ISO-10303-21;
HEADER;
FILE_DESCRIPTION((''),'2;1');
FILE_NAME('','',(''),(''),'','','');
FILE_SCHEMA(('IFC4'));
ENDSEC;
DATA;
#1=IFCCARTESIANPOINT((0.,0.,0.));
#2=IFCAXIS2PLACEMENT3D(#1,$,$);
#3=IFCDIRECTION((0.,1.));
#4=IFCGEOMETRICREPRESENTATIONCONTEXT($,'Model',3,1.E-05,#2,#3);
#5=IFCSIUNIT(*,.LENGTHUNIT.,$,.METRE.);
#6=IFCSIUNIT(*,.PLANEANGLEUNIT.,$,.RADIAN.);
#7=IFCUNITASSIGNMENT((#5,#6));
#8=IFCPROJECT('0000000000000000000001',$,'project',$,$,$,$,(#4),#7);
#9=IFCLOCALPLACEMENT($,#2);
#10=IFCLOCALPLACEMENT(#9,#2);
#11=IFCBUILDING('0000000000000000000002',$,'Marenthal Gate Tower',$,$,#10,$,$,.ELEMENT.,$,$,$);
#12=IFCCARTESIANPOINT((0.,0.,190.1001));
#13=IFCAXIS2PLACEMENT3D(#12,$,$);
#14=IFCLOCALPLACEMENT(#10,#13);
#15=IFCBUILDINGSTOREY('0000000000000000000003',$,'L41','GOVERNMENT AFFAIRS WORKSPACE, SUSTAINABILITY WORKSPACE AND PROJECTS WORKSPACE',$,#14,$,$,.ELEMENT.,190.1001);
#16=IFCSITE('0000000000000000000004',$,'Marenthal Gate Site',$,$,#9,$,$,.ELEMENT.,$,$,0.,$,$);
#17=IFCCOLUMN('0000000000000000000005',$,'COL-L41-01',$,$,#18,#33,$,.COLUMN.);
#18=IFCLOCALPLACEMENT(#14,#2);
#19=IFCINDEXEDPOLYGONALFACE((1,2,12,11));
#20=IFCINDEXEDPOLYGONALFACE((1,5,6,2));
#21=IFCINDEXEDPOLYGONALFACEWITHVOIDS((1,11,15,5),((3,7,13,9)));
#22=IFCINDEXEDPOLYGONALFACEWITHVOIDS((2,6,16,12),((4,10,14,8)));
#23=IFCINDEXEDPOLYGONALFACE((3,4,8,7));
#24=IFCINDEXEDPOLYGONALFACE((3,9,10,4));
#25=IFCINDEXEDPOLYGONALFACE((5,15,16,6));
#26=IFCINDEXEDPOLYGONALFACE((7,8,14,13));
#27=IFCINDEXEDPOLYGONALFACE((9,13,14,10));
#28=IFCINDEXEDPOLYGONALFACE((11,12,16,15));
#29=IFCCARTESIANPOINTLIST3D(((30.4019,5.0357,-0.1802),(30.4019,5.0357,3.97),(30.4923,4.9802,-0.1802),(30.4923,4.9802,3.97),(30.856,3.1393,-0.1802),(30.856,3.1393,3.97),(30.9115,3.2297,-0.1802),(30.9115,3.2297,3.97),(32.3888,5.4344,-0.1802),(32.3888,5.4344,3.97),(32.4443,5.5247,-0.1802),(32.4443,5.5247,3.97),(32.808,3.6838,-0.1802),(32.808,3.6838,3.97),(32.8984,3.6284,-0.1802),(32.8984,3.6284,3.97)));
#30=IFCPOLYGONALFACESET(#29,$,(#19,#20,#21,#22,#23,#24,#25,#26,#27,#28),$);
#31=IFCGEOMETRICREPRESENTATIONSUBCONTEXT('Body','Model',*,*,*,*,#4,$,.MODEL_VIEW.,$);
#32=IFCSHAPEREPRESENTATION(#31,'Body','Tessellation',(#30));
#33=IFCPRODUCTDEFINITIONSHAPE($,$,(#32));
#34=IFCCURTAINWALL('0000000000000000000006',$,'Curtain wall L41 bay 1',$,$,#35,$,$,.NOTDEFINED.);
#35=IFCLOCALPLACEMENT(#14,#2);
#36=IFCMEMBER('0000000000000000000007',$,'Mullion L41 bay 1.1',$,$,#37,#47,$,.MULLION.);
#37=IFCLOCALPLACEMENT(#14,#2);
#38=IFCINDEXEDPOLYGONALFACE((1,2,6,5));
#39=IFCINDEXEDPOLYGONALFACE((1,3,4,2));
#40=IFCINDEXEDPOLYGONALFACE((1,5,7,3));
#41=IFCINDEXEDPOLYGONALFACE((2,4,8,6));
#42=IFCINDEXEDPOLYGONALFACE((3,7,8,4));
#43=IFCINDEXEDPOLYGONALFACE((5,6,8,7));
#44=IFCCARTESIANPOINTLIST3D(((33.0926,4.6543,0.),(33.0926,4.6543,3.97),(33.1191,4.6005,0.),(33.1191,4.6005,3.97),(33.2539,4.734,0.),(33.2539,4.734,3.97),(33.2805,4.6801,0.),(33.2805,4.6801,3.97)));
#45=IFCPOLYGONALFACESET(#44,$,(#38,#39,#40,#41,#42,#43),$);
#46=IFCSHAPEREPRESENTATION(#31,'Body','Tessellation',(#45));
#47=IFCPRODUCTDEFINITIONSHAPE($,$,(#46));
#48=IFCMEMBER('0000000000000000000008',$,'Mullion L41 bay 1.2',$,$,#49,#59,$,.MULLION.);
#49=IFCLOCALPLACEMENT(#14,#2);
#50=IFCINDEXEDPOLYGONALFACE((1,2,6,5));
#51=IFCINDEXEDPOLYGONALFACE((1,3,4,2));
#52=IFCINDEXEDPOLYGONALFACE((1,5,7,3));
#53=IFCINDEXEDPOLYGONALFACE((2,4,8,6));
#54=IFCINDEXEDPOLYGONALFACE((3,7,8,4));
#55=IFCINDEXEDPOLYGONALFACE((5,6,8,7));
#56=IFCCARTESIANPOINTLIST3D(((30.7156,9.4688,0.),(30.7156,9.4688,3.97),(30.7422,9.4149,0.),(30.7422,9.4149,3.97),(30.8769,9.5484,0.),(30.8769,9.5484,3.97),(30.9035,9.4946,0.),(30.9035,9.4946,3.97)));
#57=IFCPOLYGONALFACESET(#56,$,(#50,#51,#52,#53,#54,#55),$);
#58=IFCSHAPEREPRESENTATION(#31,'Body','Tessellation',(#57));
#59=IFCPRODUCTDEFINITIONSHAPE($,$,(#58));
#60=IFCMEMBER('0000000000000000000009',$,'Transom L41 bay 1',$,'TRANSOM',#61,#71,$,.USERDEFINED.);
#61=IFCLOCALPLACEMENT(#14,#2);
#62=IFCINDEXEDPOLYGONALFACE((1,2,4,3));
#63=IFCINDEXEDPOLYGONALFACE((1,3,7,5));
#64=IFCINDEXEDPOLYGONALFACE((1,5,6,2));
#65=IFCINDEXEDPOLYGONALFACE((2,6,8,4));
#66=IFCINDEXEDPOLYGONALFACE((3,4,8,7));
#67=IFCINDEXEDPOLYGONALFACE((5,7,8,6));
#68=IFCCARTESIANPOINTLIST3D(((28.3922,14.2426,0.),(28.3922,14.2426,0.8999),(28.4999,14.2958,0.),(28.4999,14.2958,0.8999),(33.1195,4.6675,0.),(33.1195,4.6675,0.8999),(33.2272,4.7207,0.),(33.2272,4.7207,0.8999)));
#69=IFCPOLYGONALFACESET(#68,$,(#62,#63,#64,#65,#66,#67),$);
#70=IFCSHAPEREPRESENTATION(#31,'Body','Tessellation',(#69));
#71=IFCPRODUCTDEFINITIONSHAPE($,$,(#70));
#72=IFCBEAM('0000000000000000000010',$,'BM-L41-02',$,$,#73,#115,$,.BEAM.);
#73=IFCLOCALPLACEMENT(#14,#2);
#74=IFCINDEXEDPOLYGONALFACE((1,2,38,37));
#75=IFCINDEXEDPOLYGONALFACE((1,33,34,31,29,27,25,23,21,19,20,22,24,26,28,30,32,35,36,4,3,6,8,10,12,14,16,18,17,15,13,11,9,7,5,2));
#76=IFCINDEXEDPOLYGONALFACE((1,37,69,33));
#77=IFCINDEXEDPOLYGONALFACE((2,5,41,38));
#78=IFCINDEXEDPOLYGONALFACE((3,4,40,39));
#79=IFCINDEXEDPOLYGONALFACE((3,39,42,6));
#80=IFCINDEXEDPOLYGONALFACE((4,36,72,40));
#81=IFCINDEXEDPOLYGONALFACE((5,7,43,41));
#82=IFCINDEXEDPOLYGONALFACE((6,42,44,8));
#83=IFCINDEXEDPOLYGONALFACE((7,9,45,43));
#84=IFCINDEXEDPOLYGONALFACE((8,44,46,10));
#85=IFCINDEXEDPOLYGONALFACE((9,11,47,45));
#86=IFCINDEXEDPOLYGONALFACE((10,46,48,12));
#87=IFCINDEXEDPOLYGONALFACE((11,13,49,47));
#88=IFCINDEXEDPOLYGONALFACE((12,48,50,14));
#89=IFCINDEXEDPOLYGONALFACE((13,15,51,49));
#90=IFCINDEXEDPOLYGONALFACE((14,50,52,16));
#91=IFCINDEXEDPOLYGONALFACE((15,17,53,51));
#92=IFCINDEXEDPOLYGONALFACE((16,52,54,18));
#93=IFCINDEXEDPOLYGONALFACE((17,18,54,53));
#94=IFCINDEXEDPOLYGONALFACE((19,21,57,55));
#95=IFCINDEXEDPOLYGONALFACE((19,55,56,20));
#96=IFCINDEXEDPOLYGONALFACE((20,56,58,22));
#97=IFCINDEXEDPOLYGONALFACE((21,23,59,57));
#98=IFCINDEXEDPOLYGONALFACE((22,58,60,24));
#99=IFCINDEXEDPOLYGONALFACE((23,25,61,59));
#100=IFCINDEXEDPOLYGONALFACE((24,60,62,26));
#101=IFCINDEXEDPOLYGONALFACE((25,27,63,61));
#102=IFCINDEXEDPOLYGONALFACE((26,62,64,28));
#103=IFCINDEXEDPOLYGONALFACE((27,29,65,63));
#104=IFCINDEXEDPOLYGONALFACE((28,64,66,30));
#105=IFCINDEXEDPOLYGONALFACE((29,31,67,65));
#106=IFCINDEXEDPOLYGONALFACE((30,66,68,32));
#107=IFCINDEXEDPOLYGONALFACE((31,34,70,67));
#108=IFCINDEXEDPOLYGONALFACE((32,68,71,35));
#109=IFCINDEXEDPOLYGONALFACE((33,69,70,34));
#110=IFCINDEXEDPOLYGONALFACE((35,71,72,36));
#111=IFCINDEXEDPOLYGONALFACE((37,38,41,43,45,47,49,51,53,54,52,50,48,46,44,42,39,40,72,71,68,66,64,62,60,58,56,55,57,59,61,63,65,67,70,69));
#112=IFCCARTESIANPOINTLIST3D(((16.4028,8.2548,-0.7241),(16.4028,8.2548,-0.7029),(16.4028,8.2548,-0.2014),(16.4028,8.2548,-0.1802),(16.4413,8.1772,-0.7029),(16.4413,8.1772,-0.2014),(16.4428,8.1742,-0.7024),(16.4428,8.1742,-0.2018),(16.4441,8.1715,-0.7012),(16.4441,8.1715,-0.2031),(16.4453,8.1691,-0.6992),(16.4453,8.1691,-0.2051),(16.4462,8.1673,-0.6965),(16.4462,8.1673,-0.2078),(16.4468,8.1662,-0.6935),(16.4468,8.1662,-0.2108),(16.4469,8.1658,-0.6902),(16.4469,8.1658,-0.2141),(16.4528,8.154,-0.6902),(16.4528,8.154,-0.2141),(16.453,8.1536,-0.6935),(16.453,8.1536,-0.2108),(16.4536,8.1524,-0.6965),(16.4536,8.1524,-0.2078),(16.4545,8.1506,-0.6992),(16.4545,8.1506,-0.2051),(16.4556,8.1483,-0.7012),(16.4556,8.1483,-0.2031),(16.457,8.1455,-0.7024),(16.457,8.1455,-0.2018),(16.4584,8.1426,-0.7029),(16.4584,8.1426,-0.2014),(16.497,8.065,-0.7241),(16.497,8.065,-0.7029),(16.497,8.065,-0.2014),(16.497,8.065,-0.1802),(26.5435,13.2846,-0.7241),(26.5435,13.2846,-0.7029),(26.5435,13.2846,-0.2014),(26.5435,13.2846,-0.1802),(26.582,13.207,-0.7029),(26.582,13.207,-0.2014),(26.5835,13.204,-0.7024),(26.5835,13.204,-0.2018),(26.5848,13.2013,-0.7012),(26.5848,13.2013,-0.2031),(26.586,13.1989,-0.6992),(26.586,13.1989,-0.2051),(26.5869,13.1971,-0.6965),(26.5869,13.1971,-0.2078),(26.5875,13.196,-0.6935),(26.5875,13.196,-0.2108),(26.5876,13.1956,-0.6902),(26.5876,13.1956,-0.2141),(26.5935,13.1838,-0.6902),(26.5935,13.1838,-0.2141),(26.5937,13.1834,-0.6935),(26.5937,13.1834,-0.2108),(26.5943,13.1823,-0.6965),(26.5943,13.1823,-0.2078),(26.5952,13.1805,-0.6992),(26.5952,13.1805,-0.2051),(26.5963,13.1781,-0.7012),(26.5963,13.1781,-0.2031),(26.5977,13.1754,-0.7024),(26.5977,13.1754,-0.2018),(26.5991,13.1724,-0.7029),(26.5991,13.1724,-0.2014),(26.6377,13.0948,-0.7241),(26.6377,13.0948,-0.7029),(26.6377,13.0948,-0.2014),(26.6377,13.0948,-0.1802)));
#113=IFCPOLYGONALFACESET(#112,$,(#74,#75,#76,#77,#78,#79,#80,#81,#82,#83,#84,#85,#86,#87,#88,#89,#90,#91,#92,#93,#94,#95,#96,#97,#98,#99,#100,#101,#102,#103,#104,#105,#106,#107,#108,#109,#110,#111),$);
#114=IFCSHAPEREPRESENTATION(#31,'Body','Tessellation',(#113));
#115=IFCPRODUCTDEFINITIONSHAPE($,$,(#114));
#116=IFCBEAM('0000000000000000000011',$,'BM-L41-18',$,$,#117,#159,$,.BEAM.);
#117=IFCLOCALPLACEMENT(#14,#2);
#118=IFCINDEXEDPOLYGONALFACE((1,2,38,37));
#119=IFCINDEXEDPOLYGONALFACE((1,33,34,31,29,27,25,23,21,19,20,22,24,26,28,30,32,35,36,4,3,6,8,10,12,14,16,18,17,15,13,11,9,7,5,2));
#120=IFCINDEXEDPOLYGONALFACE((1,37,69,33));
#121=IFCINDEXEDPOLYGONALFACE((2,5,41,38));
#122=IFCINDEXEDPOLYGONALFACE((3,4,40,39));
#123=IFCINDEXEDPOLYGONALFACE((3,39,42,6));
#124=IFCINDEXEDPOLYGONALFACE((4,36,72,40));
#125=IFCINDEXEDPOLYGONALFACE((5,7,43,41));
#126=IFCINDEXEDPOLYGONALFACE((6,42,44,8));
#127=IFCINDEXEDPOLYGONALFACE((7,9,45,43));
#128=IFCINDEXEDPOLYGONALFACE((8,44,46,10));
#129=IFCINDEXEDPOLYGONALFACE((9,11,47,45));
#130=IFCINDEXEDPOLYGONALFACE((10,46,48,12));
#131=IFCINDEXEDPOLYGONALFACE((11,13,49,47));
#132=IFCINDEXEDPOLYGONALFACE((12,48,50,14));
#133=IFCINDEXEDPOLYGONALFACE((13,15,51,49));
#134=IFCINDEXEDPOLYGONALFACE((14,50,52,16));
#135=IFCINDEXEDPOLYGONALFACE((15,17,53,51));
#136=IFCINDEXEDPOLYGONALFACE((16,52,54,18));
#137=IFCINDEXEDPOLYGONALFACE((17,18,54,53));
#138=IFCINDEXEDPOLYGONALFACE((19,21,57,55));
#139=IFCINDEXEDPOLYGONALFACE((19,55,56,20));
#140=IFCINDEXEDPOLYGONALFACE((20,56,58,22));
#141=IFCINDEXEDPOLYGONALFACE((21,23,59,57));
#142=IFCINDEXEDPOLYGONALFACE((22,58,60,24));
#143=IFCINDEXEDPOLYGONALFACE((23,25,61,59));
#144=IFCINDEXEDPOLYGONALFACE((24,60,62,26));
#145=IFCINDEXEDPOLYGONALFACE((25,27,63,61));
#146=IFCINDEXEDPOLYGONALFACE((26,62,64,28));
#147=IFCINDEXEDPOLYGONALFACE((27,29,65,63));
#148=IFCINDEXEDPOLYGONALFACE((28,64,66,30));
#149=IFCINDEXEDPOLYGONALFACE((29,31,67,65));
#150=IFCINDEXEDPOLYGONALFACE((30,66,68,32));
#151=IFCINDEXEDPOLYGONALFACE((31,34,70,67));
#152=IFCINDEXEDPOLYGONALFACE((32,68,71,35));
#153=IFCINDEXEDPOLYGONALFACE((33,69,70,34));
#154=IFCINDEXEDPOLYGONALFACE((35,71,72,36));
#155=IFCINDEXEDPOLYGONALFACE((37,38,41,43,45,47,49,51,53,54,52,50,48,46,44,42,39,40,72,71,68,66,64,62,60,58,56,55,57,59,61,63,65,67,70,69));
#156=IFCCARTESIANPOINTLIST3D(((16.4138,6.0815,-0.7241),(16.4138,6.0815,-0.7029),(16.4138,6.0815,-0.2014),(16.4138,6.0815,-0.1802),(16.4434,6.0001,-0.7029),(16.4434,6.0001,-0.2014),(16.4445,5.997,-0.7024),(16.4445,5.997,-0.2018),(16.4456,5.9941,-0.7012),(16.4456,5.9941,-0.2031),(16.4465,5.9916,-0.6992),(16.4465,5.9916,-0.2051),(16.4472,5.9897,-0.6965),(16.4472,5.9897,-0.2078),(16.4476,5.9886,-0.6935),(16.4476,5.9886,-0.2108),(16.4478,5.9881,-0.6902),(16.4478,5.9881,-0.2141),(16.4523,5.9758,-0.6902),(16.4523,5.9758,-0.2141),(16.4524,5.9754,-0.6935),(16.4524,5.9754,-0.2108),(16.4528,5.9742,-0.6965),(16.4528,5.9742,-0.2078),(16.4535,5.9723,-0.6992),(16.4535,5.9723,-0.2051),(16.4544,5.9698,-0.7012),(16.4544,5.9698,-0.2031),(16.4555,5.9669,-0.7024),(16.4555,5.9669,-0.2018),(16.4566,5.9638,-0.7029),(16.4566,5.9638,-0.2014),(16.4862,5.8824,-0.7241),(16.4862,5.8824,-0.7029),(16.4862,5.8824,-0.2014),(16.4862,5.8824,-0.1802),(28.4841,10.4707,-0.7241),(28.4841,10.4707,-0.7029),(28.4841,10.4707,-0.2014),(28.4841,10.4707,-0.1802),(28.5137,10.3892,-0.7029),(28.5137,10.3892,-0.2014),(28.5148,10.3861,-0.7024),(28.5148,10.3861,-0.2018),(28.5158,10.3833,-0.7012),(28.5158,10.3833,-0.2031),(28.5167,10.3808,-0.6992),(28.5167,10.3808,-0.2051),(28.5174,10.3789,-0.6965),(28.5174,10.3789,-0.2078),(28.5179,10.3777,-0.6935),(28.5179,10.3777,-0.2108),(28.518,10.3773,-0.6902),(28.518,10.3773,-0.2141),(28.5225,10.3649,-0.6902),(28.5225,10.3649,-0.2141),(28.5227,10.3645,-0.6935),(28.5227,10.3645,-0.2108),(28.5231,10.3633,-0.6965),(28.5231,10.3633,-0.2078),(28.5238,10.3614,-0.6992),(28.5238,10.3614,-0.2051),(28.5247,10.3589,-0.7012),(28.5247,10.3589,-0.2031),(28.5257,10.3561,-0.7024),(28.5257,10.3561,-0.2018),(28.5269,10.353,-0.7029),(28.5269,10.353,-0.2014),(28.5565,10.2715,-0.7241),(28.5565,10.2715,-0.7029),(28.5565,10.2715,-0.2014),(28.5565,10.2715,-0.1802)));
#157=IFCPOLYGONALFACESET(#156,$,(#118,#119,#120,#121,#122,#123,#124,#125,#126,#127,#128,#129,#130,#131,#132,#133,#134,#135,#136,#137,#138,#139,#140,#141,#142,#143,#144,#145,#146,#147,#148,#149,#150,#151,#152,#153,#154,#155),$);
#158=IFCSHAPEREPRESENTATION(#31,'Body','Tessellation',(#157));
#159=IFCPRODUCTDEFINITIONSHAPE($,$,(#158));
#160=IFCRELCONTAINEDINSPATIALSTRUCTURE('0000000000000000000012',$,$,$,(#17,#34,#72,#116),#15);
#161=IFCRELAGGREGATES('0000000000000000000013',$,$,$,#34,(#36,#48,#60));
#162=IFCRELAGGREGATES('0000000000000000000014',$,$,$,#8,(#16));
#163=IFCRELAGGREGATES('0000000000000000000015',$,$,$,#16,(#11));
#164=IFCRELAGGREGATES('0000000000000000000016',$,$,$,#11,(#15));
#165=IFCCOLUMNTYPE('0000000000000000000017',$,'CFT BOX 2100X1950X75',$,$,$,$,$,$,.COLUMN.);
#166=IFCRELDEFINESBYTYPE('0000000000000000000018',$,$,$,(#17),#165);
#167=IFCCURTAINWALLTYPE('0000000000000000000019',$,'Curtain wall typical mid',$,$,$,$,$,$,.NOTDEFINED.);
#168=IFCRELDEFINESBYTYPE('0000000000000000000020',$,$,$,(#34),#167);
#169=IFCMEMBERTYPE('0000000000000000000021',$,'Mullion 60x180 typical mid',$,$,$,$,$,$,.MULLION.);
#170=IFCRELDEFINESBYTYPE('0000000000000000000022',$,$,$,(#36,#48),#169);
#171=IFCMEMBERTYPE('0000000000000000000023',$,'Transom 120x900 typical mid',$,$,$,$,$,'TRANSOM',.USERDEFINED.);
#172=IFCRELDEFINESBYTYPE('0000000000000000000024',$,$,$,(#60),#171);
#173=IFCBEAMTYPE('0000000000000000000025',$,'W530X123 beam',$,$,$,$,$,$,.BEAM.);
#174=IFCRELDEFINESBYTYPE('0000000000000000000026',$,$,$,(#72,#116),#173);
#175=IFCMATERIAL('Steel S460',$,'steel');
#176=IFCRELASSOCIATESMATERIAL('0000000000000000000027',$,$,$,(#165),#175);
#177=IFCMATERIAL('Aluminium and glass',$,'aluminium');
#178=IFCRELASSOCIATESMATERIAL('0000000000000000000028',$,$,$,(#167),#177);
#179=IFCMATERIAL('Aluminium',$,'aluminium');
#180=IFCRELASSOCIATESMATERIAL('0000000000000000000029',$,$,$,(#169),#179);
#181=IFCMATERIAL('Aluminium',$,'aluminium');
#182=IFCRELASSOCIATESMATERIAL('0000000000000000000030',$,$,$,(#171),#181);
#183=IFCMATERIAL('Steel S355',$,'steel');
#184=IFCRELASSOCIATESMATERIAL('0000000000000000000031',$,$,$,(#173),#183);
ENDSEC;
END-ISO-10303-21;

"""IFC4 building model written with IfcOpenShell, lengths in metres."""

from ifc_helpers import new_model, si_unit, direction, frame, origin, origin_2d, place, context, subcontext, project, spatial, rectangle, hollow_rectangle, i_section, extrude, material, material_profile, profile_set, type_object, element, aggregate, save


model = new_model("IFC4")

# Units and contexts
model_context = context("Model", 3, precision=1e-05, world=origin(), true_north=direction((0.0, 1.0)))
body_context = subcontext(model_context, "Body", "Model", "MODEL_VIEW")
ifc_project = project(units=[si_unit("LENGTHUNIT", "METRE"), si_unit("PLANEANGLEUNIT", "RADIAN")], contexts=[model_context])

# Site, building, storey
site_placement = place(None, origin())
site = spatial("IfcSite", under=ifc_project, at=site_placement, Name="Marenthal Gate Site", CompositionType="ELEMENT", RefElevation=0.0)
building_placement = place(site_placement, origin())
building = spatial("IfcBuilding", under=site, at=building_placement, Name="Marenthal Gate Tower", CompositionType="ELEMENT")
storey_placement = place(building_placement, frame((0.0, 0.0, 190.1001)))
storey = spatial("IfcBuildingStorey", under=building, at=storey_placement, Name="L41", Description="GOVERNMENT AFFAIRS WORKSPACE, SUSTAINABILITY WORKSPACE AND PROJECTS WORKSPACE", CompositionType="ELEMENT", Elevation=190.1001)

# Column
ifc_material_1 = material(Name="Steel S460", Category="steel")
ifc_material_profile_1 = material_profile(ifc_material_1, hollow_rectangle(XDim=1.95, YDim=2.1001, WallThickness=0.075, at=origin_2d()), Name="CFT BOX 2100X1950X75")
ifc_material_2 = material(Name="Concrete 70 MPa", Category="concrete")
ifc_material_profile_2 = material_profile(ifc_material_2, rectangle(XDim=1.8, YDim=1.95, at=origin_2d()), Name="CFT BOX 2100X1950X75 INFILL")
ifc_profile_set_1 = profile_set([ifc_material_profile_1, ifc_material_profile_2], Name="Steel S460 shell, Concrete 70 MPa infill")
column_type = type_object("IfcColumnType", Name="CFT BOX 2100X1950X75", PredefinedType="COLUMN", material=ifc_profile_set_1)
column_placement = place(storey_placement, frame((31.6501, 4.332, -0.1802), z_axis=(0.0, 0.0, 1.0), x_axis=(0.23288, -0.972505, 0.0)))
element("IfcColumn", 1, at=column_placement, inside=storey, type_object=column_type, Name="COL-L41-01", PredefinedType="COLUMN", context=body_context, shape_type="SweptSolid", body=[
    extrude(hollow_rectangle(XDim=1.95, YDim=2.1001, WallThickness=0.075, at=origin_2d()), origin(), (0.0, 0.0, 1.0), 4.1501),
])

# Curtain wall, members
ifc_material_3 = material(Name="Aluminium and glass", Category="aluminium")
curtain_wall_type = type_object("IfcCurtainWallType", Name="Curtain wall typical mid", PredefinedType="NOTDEFINED", material=ifc_material_3)
curtain_wall_placement = place(storey_placement, origin())
curtain_wall = element("IfcCurtainWall", 2, at=curtain_wall_placement, inside=storey, type_object=curtain_wall_type, Name="Curtain wall L41 bay 1", PredefinedType="NOTDEFINED")
ifc_material_4 = material(Name="Aluminium", Category="aluminium")
ifc_material_profile_3 = material_profile(ifc_material_4, rectangle(XDim=0.1799, YDim=0.0601, at=origin_2d()), Name="60x180 aluminium mullion")
ifc_profile_set_2 = profile_set([ifc_material_profile_3], Name="Aluminium")
member_type_1 = type_object("IfcMemberType", Name="Mullion 60x180 typical mid", PredefinedType="MULLION", material=ifc_profile_set_2)
member_1_placement = place(storey_placement, frame((33.1865, 4.6672, 0.0), z_axis=(0.0, 0.0, 1.0), x_axis=(-0.896681, -0.442678, 0.0)))
member_1 = element("IfcMember", 3, at=member_1_placement, type_object=member_type_1, Name="Mullion L41 bay 1.1", PredefinedType="MULLION", context=body_context, shape_type="SweptSolid", body=[
    extrude(rectangle(XDim=0.1799, YDim=0.0601, at=origin_2d()), origin(), (0.0, 0.0, 1.0), 3.97),
])
member_2_placement = place(storey_placement, frame((30.8096, 9.4817, 0.0), z_axis=(0.0, 0.0, 1.0), x_axis=(-0.896681, -0.442678, 0.0)))
member_2 = element("IfcMember", 4, at=member_2_placement, type_object=member_type_1, Name="Mullion L41 bay 1.2", PredefinedType="MULLION", context=body_context, shape_type="SweptSolid", body=[
    extrude(rectangle(XDim=0.1799, YDim=0.0601, at=origin_2d()), origin(), (0.0, 0.0, 1.0), 3.97),
])
ifc_material_5 = material(Name="Aluminium", Category="aluminium")
ifc_material_profile_4 = material_profile(ifc_material_5, rectangle(XDim=0.1201, YDim=0.8999, at=origin_2d()), Name="120x900 aluminium transom")
ifc_profile_set_3 = profile_set([ifc_material_profile_4], Name="Aluminium")
member_type_2 = type_object("IfcMemberType", Name="Transom 120x900 typical mid", ElementType="TRANSOM", PredefinedType="USERDEFINED", material=ifc_profile_set_3)
member_3_placement = place(storey_placement, frame((33.1733, 4.6941, 0.45), z_axis=(-0.44269, 0.896675, 0.0), x_axis=(-0.896675, -0.44269, 0.0)))
member_3 = element("IfcMember", 5, at=member_3_placement, type_object=member_type_2, Name="Transom L41 bay 1", ObjectType="TRANSOM", PredefinedType="USERDEFINED", context=body_context, shape_type="SweptSolid", body=[
    extrude(rectangle(XDim=0.1201, YDim=0.8999, at=origin_2d()), origin(), (0.0, 0.0, 1.0), 10.6785),
])

# Beams
ifc_material_6 = material(Name="Steel S355", Category="steel")
ifc_material_profile_5 = material_profile(ifc_material_6, i_section(OverallWidth=0.2119, OverallDepth=0.5439, WebThickness=0.0132, FlangeThickness=0.0212, FilletRadius=0.0127, at=origin_2d()), Name="W530X123")
ifc_profile_set_4 = profile_set([ifc_material_profile_5], Name="Steel S355")
beam_type_1 = type_object("IfcBeamType", Name="W530X123 beam", PredefinedType="BEAM", material=ifc_profile_set_4)
beam_1_placement = place(storey_placement, frame((26.5906, 13.1897, -0.4521), z_axis=(-0.895855, -0.444347, 0.0), x_axis=(0.444347, -0.895855, 0.0)))
element("IfcBeam", 6, at=beam_1_placement, inside=storey, type_object=beam_type_1, Name="BM-L41-02", PredefinedType="BEAM", context=body_context, shape_type="SweptSolid", body=[
    extrude(i_section(OverallWidth=0.2119, OverallDepth=0.5439, WebThickness=0.0132, FlangeThickness=0.0212, FilletRadius=0.0127, at=origin_2d()), origin(), (0.0, 0.0, 1.0), 11.3196),
])
beam_2_placement = place(storey_placement, frame((28.5203, 10.3711, -0.4521), z_axis=(-0.939795, -0.34174, 0.0), x_axis=(0.34174, -0.939795, 0.0)))
element("IfcBeam", 7, at=beam_2_placement, inside=storey, type_object=beam_type_1, Name="BM-L41-18", PredefinedType="BEAM", context=body_context, shape_type="SweptSolid", body=[
    extrude(i_section(OverallWidth=0.2119, OverallDepth=0.5439, WebThickness=0.0132, FlangeThickness=0.0212, FilletRadius=0.0127, at=origin_2d()), origin(), (0.0, 0.0, 1.0), 12.8435),
])

aggregate(curtain_wall, [member_1, member_2, member_3])

save(model, "model.ifc")
